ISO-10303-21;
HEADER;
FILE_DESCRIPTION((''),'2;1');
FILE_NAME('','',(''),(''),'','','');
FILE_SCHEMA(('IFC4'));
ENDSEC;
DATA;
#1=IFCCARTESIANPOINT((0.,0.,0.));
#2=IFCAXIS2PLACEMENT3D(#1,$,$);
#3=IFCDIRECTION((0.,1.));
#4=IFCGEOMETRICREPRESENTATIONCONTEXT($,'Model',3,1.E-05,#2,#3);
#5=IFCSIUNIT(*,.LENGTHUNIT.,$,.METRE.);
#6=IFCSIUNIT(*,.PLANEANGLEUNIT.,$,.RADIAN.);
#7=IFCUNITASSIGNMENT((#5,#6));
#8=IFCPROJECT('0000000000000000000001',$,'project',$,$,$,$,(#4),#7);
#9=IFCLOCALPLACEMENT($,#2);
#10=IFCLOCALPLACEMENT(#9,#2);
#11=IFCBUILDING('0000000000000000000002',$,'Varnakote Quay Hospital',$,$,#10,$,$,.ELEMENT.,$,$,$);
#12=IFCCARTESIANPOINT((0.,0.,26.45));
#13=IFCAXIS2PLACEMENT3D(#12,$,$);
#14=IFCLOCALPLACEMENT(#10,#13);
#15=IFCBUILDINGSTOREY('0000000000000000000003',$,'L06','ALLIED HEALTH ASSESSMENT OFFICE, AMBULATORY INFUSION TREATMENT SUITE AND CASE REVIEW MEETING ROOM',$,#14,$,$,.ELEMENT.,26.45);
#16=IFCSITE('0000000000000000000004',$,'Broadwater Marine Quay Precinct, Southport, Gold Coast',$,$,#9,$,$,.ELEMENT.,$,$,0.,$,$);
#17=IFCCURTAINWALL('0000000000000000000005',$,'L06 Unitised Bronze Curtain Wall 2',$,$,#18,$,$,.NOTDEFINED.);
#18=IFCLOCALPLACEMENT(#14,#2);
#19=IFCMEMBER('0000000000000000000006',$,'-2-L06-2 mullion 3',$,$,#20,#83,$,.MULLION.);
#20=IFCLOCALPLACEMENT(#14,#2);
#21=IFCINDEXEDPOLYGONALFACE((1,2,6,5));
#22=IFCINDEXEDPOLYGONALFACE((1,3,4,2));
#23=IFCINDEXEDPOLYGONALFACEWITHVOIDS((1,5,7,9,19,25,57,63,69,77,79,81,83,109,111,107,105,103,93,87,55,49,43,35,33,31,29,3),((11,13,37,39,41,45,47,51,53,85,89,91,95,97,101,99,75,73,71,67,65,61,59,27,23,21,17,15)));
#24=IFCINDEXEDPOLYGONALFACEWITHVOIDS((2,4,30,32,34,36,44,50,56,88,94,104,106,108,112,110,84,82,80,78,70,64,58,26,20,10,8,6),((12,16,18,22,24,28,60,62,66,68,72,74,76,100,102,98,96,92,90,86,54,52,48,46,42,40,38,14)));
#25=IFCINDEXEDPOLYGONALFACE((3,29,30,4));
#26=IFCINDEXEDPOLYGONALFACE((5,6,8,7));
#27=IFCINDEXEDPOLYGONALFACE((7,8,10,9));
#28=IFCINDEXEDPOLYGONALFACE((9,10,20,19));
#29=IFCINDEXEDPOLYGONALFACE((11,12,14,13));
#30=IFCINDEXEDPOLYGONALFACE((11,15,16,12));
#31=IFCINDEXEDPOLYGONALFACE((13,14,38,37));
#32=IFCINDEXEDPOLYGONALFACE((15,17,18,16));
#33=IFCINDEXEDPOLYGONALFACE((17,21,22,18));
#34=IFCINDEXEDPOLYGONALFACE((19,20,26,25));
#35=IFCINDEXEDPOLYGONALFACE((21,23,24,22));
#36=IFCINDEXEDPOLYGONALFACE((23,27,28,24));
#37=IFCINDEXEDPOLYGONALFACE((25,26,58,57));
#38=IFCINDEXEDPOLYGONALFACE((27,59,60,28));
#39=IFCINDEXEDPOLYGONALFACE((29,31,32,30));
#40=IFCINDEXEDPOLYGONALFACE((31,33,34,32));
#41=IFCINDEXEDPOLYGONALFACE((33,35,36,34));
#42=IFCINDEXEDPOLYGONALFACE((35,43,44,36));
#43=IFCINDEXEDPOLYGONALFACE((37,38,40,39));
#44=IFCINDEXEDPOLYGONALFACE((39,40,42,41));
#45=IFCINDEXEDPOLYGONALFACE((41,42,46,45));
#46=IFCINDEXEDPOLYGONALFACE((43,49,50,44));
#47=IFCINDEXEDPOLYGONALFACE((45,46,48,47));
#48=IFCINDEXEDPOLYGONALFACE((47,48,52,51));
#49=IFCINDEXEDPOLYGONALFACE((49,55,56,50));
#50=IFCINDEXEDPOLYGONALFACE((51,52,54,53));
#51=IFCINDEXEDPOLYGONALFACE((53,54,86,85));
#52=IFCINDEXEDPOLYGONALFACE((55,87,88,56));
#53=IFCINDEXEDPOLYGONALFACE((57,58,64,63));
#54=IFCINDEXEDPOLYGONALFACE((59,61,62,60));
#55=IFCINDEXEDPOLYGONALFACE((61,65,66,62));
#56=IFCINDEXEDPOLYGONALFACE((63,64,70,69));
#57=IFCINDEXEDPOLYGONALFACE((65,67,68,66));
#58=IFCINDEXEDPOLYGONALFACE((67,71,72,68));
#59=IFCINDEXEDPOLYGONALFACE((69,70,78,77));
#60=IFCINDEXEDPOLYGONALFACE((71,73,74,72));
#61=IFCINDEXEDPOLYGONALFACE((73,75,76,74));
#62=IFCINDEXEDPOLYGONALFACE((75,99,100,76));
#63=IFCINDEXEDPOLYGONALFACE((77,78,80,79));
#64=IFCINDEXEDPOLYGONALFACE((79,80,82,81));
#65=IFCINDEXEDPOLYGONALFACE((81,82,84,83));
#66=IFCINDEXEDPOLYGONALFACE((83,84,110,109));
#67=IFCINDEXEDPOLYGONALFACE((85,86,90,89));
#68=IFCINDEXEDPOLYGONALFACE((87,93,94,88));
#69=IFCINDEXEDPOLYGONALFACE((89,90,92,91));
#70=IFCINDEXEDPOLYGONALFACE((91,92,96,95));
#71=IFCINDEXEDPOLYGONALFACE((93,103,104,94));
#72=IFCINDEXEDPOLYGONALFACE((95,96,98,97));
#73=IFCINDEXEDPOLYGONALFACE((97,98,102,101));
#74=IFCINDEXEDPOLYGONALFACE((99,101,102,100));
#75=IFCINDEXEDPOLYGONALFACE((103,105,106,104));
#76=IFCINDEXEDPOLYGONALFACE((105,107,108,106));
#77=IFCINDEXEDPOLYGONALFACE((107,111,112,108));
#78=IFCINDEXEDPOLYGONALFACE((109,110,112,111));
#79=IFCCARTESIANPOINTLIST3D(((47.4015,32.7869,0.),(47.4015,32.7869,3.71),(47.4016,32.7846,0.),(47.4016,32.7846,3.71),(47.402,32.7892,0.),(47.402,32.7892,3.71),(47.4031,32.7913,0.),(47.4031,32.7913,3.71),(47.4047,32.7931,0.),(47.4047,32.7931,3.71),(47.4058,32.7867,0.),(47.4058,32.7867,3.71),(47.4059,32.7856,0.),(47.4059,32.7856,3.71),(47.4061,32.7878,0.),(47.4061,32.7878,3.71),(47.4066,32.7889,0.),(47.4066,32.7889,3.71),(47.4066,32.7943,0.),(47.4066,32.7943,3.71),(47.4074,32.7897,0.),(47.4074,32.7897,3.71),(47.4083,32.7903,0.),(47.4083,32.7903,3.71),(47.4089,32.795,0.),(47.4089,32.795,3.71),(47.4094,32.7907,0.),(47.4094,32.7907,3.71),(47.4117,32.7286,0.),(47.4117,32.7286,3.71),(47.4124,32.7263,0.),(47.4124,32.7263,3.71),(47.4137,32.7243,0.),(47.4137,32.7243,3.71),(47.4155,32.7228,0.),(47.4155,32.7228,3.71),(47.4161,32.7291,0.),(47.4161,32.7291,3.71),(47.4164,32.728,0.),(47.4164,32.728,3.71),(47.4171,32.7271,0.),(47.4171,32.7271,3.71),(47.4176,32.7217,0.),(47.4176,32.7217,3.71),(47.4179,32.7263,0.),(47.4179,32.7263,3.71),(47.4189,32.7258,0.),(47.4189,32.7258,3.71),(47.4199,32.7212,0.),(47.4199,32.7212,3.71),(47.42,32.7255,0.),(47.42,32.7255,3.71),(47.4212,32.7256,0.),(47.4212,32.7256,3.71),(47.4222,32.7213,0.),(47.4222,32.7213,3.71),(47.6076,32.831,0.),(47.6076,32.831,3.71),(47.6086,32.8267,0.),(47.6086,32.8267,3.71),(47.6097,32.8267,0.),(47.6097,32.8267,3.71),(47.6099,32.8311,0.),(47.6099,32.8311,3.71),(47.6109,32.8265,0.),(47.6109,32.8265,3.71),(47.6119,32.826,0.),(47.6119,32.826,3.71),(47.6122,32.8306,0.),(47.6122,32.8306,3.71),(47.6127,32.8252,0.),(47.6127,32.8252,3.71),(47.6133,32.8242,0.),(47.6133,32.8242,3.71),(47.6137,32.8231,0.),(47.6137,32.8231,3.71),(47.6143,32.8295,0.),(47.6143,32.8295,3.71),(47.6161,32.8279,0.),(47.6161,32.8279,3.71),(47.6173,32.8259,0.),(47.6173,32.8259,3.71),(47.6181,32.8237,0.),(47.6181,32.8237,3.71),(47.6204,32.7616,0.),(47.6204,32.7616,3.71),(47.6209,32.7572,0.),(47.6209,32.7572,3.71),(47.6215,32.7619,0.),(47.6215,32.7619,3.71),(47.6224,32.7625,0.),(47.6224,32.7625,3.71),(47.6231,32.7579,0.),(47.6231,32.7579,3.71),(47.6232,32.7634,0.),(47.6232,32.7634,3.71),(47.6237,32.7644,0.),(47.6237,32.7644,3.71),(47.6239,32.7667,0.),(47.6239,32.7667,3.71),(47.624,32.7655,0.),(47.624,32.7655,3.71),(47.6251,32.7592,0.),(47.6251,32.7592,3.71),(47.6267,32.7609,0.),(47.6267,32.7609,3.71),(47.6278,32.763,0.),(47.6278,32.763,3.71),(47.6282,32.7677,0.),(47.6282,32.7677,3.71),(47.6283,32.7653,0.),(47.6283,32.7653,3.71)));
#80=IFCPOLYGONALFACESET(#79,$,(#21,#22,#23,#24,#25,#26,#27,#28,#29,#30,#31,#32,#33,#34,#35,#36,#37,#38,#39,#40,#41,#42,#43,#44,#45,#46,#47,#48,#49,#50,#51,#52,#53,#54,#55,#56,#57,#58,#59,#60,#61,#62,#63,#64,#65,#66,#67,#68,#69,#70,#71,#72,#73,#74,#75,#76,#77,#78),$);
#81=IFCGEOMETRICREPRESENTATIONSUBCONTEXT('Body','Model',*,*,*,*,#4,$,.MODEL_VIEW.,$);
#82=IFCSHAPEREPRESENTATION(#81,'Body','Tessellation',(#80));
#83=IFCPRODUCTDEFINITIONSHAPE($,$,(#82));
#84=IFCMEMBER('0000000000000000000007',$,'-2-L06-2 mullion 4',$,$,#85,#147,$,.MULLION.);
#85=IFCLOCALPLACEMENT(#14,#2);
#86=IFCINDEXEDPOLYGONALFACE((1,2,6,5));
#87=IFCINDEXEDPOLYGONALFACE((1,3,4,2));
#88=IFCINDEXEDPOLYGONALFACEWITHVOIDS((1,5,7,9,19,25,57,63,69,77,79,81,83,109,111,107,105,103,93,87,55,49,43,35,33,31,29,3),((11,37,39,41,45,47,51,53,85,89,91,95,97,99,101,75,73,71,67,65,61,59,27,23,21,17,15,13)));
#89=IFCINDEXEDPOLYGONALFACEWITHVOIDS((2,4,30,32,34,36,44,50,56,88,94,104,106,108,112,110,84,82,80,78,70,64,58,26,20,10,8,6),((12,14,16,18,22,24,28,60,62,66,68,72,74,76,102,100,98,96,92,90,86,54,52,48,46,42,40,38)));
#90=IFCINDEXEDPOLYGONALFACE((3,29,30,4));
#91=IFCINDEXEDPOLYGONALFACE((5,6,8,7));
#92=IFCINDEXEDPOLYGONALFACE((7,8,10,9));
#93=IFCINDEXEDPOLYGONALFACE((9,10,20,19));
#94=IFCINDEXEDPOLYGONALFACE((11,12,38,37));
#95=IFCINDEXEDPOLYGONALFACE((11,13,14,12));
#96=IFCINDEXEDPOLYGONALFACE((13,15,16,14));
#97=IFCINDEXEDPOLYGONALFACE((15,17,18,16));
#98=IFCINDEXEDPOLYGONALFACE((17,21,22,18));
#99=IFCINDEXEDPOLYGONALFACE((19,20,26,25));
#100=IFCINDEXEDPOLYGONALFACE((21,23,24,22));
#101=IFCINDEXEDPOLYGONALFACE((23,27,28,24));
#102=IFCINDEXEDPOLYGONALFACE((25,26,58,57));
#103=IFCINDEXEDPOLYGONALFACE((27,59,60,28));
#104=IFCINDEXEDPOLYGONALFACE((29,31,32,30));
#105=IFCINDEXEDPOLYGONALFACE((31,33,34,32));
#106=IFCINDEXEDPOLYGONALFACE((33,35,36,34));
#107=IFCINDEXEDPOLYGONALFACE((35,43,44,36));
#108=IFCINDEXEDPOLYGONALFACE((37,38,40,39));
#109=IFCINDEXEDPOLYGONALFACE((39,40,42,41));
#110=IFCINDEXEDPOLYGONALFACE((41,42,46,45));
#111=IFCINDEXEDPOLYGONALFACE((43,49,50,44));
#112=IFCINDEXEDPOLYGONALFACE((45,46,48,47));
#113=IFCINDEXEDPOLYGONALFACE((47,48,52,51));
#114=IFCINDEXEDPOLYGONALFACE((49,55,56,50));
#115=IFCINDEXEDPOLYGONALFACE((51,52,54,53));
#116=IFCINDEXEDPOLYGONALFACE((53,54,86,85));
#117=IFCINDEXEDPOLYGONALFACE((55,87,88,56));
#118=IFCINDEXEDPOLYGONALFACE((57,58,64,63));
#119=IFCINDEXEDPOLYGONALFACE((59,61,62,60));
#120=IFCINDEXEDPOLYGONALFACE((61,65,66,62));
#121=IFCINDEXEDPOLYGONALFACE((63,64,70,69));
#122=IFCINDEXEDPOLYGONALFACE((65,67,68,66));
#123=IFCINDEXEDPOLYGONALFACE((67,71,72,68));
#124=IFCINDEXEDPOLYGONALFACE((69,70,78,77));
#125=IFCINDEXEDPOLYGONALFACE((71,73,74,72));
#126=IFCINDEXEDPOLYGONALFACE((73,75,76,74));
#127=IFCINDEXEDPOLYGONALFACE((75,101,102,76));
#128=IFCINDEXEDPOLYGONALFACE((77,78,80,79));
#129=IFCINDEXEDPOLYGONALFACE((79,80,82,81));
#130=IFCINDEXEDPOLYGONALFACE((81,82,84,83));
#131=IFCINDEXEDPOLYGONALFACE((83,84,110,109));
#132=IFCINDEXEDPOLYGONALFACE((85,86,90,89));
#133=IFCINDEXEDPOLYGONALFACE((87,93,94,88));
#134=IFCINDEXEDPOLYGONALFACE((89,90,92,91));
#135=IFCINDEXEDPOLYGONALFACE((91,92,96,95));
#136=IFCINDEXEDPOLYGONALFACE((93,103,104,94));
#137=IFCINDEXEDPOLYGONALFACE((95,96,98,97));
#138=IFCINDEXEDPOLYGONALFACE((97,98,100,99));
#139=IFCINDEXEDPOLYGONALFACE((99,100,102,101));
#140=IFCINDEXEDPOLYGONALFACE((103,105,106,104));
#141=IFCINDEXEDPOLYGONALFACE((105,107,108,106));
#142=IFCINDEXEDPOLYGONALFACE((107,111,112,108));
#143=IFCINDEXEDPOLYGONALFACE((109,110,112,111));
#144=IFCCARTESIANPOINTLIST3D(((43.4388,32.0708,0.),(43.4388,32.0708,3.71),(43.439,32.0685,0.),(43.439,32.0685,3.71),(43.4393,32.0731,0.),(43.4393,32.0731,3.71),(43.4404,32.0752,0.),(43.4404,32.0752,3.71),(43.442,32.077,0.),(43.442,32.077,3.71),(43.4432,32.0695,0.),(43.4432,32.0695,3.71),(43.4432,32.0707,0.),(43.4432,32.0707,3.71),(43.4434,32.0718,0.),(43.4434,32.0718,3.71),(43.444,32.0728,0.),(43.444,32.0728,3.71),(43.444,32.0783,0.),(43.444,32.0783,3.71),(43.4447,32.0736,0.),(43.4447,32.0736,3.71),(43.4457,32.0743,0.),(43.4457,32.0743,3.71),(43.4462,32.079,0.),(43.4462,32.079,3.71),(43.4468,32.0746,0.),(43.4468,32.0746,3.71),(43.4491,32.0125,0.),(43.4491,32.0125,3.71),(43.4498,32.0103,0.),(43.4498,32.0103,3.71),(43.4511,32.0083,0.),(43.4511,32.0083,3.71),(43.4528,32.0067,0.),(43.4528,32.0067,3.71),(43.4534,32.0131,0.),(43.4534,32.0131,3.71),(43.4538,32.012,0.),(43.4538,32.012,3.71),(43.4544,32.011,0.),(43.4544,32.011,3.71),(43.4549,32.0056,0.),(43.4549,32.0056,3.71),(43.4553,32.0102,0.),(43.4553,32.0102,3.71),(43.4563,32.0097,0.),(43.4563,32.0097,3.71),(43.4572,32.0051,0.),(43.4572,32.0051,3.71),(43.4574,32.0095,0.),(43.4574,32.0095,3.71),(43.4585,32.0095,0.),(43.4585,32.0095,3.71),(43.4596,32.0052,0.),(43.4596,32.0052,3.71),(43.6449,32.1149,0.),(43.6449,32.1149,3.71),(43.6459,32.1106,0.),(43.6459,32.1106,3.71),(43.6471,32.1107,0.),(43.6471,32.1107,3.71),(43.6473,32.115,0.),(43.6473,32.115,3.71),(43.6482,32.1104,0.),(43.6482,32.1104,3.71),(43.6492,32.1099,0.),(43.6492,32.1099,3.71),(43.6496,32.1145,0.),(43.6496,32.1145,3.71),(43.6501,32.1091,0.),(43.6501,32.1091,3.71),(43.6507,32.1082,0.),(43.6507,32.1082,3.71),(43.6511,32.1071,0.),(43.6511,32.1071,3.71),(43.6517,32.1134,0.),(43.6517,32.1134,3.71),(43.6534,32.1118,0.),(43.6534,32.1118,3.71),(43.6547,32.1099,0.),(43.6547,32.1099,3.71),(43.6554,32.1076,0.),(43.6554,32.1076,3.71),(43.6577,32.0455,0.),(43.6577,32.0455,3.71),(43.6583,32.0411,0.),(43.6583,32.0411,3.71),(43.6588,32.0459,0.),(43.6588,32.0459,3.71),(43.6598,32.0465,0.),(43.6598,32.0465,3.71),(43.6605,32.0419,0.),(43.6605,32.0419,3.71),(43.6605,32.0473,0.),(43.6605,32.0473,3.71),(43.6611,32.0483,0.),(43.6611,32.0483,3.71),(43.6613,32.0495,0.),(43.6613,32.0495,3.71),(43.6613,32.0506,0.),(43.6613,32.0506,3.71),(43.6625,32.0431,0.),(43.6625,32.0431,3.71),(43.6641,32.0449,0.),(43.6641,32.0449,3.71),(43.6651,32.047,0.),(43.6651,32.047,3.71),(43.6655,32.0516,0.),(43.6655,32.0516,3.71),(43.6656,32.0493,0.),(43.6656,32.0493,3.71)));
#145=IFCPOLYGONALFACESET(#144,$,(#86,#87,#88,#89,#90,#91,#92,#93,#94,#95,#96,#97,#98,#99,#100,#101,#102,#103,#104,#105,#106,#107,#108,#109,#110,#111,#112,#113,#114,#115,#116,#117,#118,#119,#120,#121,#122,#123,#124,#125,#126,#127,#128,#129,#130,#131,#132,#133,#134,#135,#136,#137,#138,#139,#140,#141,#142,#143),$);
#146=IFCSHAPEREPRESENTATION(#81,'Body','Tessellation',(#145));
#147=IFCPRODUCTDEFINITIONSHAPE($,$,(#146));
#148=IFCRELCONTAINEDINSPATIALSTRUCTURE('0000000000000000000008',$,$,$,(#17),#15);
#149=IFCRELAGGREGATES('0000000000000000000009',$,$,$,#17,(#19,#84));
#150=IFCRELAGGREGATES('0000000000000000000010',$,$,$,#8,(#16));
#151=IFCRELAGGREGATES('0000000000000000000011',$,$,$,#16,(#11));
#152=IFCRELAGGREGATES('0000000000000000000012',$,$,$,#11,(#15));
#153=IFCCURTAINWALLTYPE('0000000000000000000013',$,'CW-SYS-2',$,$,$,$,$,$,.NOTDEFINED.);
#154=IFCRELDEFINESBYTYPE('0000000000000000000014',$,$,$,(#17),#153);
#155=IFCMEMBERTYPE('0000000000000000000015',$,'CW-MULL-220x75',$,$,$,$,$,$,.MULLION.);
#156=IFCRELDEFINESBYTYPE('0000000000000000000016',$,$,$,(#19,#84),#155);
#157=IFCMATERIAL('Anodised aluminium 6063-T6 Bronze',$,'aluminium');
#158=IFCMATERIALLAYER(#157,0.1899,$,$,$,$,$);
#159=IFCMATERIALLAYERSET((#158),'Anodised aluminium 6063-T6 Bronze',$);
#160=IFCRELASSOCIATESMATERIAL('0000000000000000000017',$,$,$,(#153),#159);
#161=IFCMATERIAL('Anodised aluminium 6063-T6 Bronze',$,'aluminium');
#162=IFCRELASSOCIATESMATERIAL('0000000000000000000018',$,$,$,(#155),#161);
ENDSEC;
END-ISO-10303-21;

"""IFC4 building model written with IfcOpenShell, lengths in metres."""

from ifc_helpers import new_model, si_unit, direction, frame, origin, origin_2d, place, context, subcontext, project, spatial, hollow_rectangle, extrude, material, layer, layer_set, material_profile, profile_set, type_object, element, aggregate, save


model = new_model("IFC4")

# Units and contexts
model_context = context("Model", 3, precision=1e-05, world=origin(), true_north=direction((0.0, 1.0)))
body_context = subcontext(model_context, "Body", "Model", "MODEL_VIEW")
ifc_project = project(units=[si_unit("LENGTHUNIT", "METRE"), si_unit("PLANEANGLEUNIT", "RADIAN")], contexts=[model_context])

# Site, building, storey
site_placement = place(None, origin())
site = spatial("IfcSite", under=ifc_project, at=site_placement, Name="Broadwater Marine Quay Precinct, Southport, Gold Coast", CompositionType="ELEMENT", RefElevation=0.0)
building_placement = place(site_placement, origin())
building = spatial("IfcBuilding", under=site, at=building_placement, Name="Varnakote Quay Hospital", CompositionType="ELEMENT")
storey_placement = place(building_placement, frame((0.0, 0.0, 26.45)))
storey = spatial("IfcBuildingStorey", under=building, at=storey_placement, Name="L06", Description="ALLIED HEALTH ASSESSMENT OFFICE, AMBULATORY INFUSION TREATMENT SUITE AND CASE REVIEW MEETING ROOM", CompositionType="ELEMENT", Elevation=26.45)

# Curtain wall, members
ifc_material_1 = material(Name="Anodised aluminium 6063-T6 Bronze", Category="aluminium")
ifc_layer_1 = layer(ifc_material_1, 0.1899)
ifc_layer_set_1 = layer_set([ifc_layer_1], Name="Anodised aluminium 6063-T6 Bronze")
curtain_wall_type = type_object("IfcCurtainWallType", Name="CW-SYS-2", PredefinedType="NOTDEFINED", material=ifc_layer_set_1)
curtain_wall_placement = place(storey_placement, origin())
curtain_wall = element("IfcCurtainWall", 1, at=curtain_wall_placement, inside=storey, type_object=curtain_wall_type, Name="L06 Unitised Bronze Curtain Wall 2", PredefinedType="NOTDEFINED")
ifc_material_2 = material(Name="Anodised aluminium 6063-T6 Bronze", Category="aluminium")
ifc_material_profile_1 = material_profile(ifc_material_2, hollow_rectangle(XDim=0.075, YDim=0.22, WallThickness=0.0044, InnerFilletRadius=0.0044, OuterFilletRadius=0.009, at=origin_2d()), Name="CW-MULL-220x75")
ifc_profile_set_1 = profile_set([ifc_material_profile_1], Name="Anodised aluminium 6063-T6 Bronze")
member_type_1 = type_object("IfcMemberType", Name="CW-MULL-220x75", PredefinedType="MULLION", material=ifc_profile_set_1)
member_1_placement = place(storey_placement, frame((47.5149, 32.7761, 0.0), z_axis=(0.0, 0.0, 1.0), x_axis=(0.177846, -0.984058, 0.0)))
member_1 = element("IfcMember", 2, at=member_1_placement, type_object=member_type_1, Name="-2-L06-2 mullion 3", PredefinedType="MULLION", context=body_context, shape_type="SweptSolid", body=[
    extrude(hollow_rectangle(XDim=0.075, YDim=0.22, WallThickness=0.0044, InnerFilletRadius=0.0044, OuterFilletRadius=0.009, at=origin_2d()), origin(), (0.0, 0.0, 1.0), 3.71),
])
member_2_placement = place(storey_placement, frame((43.5522, 32.0601, 0.0), z_axis=(0.0, 0.0, 1.0), x_axis=(0.177846, -0.984058, 0.0)))
member_2 = element("IfcMember", 3, at=member_2_placement, type_object=member_type_1, Name="-2-L06-2 mullion 4", PredefinedType="MULLION", context=body_context, shape_type="SweptSolid", body=[
    extrude(hollow_rectangle(XDim=0.075, YDim=0.22, WallThickness=0.0044, InnerFilletRadius=0.0044, OuterFilletRadius=0.009, at=origin_2d()), origin(), (0.0, 0.0, 1.0), 3.71),
])
aggregate(curtain_wall, [member_1, member_2])

save(model, "model.ifc")
